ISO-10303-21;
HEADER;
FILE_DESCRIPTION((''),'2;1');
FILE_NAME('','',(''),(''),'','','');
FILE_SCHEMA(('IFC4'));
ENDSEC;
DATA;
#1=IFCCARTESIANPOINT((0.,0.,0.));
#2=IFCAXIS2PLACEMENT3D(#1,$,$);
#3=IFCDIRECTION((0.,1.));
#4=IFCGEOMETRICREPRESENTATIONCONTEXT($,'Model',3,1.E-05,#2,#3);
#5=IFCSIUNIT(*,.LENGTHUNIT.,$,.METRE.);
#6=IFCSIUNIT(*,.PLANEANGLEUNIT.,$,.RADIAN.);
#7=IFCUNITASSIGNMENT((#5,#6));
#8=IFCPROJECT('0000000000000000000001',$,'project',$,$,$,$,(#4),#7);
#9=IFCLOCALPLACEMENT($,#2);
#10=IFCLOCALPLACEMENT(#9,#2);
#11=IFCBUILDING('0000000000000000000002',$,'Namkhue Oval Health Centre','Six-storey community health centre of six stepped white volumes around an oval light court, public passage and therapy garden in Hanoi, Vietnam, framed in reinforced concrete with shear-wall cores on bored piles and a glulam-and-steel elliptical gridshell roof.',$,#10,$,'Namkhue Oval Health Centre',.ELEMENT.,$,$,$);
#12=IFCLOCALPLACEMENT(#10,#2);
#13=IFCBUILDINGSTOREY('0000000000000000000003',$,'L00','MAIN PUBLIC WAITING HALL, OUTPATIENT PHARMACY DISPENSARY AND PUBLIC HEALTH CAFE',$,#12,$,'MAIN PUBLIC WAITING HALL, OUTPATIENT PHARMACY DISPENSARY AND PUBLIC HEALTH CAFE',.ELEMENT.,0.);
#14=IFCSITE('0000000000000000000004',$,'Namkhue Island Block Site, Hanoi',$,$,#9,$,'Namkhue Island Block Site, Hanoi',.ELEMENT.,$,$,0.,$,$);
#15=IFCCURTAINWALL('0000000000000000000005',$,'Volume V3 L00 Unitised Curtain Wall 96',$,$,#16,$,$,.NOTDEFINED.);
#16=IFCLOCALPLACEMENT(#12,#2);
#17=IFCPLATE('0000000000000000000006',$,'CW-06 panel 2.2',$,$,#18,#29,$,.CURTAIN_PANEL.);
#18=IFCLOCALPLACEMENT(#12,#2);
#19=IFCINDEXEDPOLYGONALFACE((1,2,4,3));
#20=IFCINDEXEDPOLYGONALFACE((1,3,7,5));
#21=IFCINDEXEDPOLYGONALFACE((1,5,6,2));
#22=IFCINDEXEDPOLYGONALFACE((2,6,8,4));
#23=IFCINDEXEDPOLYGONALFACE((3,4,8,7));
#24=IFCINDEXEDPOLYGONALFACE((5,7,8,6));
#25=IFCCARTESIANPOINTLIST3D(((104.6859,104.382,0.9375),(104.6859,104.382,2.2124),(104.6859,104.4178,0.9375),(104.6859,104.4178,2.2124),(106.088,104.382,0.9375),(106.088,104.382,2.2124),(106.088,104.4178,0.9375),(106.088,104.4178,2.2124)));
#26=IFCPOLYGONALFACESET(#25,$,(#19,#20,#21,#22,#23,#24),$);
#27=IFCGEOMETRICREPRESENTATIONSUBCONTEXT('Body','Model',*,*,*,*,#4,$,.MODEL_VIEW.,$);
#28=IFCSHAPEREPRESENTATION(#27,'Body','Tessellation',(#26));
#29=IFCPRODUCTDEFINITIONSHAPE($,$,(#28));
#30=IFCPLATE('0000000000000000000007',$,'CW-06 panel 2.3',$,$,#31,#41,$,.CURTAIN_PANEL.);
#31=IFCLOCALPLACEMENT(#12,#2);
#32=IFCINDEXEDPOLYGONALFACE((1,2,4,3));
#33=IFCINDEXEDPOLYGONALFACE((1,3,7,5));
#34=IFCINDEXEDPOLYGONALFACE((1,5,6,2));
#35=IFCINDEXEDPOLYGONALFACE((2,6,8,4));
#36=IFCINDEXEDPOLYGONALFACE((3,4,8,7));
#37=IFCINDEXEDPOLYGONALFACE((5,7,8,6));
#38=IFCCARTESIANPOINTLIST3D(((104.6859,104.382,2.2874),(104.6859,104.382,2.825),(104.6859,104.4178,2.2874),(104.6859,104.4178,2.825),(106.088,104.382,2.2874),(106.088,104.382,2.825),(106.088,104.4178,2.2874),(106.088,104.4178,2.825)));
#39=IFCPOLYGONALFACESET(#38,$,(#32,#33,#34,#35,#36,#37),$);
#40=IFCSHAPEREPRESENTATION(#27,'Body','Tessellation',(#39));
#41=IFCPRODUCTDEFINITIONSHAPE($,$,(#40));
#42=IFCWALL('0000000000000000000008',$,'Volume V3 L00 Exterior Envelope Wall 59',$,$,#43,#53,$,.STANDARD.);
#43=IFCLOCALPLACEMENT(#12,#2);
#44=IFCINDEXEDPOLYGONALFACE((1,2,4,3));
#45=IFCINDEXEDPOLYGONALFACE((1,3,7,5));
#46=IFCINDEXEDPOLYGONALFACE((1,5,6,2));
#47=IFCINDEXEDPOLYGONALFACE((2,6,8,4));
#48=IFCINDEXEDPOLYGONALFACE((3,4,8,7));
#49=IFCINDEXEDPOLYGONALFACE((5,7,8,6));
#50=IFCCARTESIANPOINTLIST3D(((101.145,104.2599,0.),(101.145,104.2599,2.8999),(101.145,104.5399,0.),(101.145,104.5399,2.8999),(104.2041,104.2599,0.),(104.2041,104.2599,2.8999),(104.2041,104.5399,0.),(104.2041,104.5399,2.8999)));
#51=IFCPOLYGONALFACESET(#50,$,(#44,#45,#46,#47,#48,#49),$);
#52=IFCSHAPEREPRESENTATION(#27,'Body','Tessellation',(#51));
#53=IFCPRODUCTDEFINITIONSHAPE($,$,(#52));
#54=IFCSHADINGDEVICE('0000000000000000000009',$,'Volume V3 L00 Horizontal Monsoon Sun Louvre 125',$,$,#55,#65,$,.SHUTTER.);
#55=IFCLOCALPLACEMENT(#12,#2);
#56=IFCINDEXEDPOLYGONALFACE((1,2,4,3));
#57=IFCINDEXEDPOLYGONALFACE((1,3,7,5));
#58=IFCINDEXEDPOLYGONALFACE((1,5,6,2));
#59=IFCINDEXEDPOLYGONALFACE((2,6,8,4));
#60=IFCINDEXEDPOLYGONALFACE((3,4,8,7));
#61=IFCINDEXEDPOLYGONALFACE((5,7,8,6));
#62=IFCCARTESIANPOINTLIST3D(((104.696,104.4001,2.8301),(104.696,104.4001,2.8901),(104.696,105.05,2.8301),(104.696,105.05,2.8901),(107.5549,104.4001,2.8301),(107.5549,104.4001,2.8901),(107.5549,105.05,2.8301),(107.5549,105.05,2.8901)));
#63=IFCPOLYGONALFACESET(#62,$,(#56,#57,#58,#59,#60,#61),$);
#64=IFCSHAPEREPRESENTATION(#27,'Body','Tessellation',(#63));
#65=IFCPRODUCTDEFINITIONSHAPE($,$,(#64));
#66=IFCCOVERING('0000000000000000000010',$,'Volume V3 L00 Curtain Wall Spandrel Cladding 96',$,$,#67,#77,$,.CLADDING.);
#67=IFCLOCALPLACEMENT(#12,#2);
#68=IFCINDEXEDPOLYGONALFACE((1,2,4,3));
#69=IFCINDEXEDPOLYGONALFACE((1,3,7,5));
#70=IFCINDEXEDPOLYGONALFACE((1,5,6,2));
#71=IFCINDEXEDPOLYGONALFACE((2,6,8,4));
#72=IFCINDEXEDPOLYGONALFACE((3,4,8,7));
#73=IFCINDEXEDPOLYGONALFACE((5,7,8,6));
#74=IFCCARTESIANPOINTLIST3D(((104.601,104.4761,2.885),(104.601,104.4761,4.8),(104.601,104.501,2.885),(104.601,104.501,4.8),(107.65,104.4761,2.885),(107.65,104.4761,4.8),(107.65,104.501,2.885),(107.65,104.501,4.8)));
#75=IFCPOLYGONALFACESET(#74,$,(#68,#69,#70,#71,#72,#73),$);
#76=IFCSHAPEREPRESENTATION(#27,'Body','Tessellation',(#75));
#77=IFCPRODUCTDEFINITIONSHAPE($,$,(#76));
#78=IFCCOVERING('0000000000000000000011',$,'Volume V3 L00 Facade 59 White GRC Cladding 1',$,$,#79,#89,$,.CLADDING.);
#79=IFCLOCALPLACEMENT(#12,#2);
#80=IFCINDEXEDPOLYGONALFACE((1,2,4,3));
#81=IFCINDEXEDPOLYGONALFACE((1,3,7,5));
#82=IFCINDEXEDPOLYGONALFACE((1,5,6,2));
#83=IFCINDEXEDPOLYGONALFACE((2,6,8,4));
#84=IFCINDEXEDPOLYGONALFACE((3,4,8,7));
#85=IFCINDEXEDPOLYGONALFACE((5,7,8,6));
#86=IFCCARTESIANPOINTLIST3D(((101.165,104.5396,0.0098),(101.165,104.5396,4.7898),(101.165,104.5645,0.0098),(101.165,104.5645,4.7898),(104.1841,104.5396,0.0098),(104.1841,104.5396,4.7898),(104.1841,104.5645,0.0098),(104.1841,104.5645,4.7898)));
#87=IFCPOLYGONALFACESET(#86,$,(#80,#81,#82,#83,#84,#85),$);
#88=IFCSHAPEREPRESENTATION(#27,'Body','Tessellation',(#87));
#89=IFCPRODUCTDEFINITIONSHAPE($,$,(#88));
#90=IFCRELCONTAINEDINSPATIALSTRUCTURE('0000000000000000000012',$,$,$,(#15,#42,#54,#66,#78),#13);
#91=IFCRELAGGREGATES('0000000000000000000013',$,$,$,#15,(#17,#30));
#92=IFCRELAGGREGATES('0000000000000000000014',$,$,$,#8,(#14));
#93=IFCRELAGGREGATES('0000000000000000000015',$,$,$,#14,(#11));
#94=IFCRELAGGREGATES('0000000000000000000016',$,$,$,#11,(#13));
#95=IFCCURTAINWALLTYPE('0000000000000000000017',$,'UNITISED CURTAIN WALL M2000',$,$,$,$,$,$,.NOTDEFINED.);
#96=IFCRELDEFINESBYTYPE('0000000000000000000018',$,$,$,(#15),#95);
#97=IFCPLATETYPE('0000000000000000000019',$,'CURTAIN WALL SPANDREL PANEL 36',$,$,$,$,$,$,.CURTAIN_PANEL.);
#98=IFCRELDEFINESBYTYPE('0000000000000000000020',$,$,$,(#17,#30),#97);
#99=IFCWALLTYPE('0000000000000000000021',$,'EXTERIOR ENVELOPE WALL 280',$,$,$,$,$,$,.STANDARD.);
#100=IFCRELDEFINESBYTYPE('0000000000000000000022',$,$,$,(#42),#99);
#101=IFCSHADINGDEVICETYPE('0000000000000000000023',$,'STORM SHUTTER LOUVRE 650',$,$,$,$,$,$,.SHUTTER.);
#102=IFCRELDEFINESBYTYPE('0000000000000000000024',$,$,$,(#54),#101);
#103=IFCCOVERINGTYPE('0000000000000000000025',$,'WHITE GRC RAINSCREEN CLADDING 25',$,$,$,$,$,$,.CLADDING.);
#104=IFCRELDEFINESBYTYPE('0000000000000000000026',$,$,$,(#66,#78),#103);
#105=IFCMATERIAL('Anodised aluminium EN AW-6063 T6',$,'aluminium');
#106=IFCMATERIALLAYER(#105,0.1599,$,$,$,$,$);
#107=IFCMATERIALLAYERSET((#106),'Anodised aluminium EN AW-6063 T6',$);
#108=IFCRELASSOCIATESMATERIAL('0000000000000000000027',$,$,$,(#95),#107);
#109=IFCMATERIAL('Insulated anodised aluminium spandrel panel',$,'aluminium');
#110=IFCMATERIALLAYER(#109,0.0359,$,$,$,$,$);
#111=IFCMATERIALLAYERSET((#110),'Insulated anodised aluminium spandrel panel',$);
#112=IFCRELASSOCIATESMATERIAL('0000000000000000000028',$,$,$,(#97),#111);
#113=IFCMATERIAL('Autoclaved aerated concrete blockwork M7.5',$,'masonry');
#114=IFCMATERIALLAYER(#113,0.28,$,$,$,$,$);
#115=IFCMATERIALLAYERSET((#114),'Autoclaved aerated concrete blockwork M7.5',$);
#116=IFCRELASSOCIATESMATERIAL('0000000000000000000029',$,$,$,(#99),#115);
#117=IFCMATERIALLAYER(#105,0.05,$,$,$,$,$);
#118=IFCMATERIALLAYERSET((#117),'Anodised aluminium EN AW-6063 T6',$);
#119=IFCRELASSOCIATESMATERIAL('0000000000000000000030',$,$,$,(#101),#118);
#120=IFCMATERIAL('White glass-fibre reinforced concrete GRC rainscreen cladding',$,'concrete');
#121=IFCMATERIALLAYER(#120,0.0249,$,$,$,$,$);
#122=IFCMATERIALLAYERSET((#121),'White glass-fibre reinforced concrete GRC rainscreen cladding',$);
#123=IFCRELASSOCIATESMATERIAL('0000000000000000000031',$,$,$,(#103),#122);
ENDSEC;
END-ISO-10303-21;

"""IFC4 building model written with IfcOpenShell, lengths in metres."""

from ifc_helpers import new_model, si_unit, direction, frame, frame_2d, origin, origin_2d, place, context, subcontext, project, spatial, rectangle, extrude, material, layer, layer_set, type_object, element, aggregate, save


model = new_model("IFC4")

# Units and contexts
model_context = context("Model", 3, precision=1e-05, world=origin(), true_north=direction((0.0, 1.0)))
body_context = subcontext(model_context, "Body", "Model", "MODEL_VIEW")
ifc_project = project(units=[si_unit("LENGTHUNIT", "METRE"), si_unit("PLANEANGLEUNIT", "RADIAN")], contexts=[model_context])

# Site, building, storey
site_placement = place(None, origin())
site = spatial("IfcSite", under=ifc_project, at=site_placement, Name="Namkhue Island Block Site, Hanoi", LongName="Namkhue Island Block Site, Hanoi", CompositionType="ELEMENT", RefElevation=0.0)
building_placement = place(site_placement, origin())
building = spatial("IfcBuilding", under=site, at=building_placement, Name="Namkhue Oval Health Centre", Description="Six-storey community health centre of six stepped white volumes around an oval light court, public passage and therapy garden in Hanoi, Vietnam, framed in reinforced concrete with shear-wall cores on bored piles and a glulam-and-steel elliptical gridshell roof.", LongName="Namkhue Oval Health Centre", CompositionType="ELEMENT")
storey_placement = place(building_placement, origin())
storey = spatial("IfcBuildingStorey", under=building, at=storey_placement, Name="L00", Description="MAIN PUBLIC WAITING HALL, OUTPATIENT PHARMACY DISPENSARY AND PUBLIC HEALTH CAFE", LongName="MAIN PUBLIC WAITING HALL, OUTPATIENT PHARMACY DISPENSARY AND PUBLIC HEALTH CAFE", CompositionType="ELEMENT", Elevation=0.0)

# Curtain wall
ifc_material_1 = material(Name="Anodised aluminium EN AW-6063 T6", Category="aluminium")
ifc_layer_1 = layer(ifc_material_1, 0.1599)
ifc_layer_set_1 = layer_set([ifc_layer_1], Name="Anodised aluminium EN AW-6063 T6")
curtain_wall_type = type_object("IfcCurtainWallType", Name="UNITISED CURTAIN WALL M2000", PredefinedType="NOTDEFINED", material=ifc_layer_set_1)
curtain_wall_placement = place(storey_placement, origin())
curtain_wall = element("IfcCurtainWall", 1, at=curtain_wall_placement, inside=storey, type_object=curtain_wall_type, Name="Volume V3 L00 Unitised Curtain Wall 96", PredefinedType="NOTDEFINED")

# Plates
ifc_material_2 = material(Name="Insulated anodised aluminium spandrel panel", Category="aluminium")
ifc_layer_2 = layer(ifc_material_2, 0.0359)
ifc_layer_set_2 = layer_set([ifc_layer_2], Name="Insulated anodised aluminium spandrel panel")
plate_type = type_object("IfcPlateType", Name="CURTAIN WALL SPANDREL PANEL 36", PredefinedType="CURTAIN_PANEL", material=ifc_layer_set_2)
plate_1_placement = place(storey_placement, frame((105.387, 104.3999, 0.9375), z_axis=(0.0, 0.0, 1.0), x_axis=(-1.0, 0.0, 0.0)))
plate_1 = element("IfcPlate", 2, at=plate_1_placement, type_object=plate_type, Name="CW-06 panel 2.2", PredefinedType="CURTAIN_PANEL", context=body_context, shape_type="SweptSolid", body=[
    extrude(rectangle(XDim=1.4021, YDim=0.0359, at=origin_2d()), origin(), (0.0, 0.0, 1.0), 1.2749),
])
plate_2_placement = place(storey_placement, frame((105.387, 104.3999, 2.2874), z_axis=(0.0, 0.0, 1.0), x_axis=(-1.0, 0.0, 0.0)))
plate_2 = element("IfcPlate", 3, at=plate_2_placement, type_object=plate_type, Name="CW-06 panel 2.3", PredefinedType="CURTAIN_PANEL", context=body_context, shape_type="SweptSolid", body=[
    extrude(rectangle(XDim=1.4021, YDim=0.0359, at=origin_2d()), origin(), (0.0, 0.0, 1.0), 0.5376),
])
aggregate(curtain_wall, [plate_1, plate_2])

# Wall
ifc_material_3 = material(Name="Autoclaved aerated concrete blockwork M7.5", Category="masonry")
ifc_layer_3 = layer(ifc_material_3, 0.28)
ifc_layer_set_3 = layer_set([ifc_layer_3], Name="Autoclaved aerated concrete blockwork M7.5")
wall_type = type_object("IfcWallType", Name="EXTERIOR ENVELOPE WALL 280", PredefinedType="STANDARD", material=ifc_layer_set_3)
wall_placement = place(storey_placement, frame((104.2041, 104.3999, 0.0), z_axis=(0.0, 0.0, 1.0), x_axis=(-1.0, 0.0, 0.0)))
element("IfcWall", 4, at=wall_placement, inside=storey, type_object=wall_type, Name="Volume V3 L00 Exterior Envelope Wall 59", PredefinedType="STANDARD", context=body_context, shape_type="SweptSolid", body=[
    extrude(rectangle(XDim=3.0591, YDim=0.28, at=frame_2d((1.5295, 0.0))), origin(), (0.0, 0.0, 1.0), 2.8999),
])

# Shading device
ifc_layer_4 = layer(ifc_material_1, 0.05)
ifc_layer_set_4 = layer_set([ifc_layer_4], Name="Anodised aluminium EN AW-6063 T6")
shading_device_type = type_object("IfcShadingDeviceType", Name="STORM SHUTTER LOUVRE 650", PredefinedType="SHUTTER", material=ifc_layer_set_4)
shading_device_placement = place(storey_placement, frame((106.1255, 104.7251, 2.8301), z_axis=(0.0, 0.0, 1.0), x_axis=(-1.0, 0.0, 0.0)))
element("IfcShadingDevice", 5, at=shading_device_placement, inside=storey, type_object=shading_device_type, Name="Volume V3 L00 Horizontal Monsoon Sun Louvre 125", PredefinedType="SHUTTER", context=body_context, shape_type="SweptSolid", body=[
    extrude(rectangle(XDim=2.8589, YDim=0.6499, at=origin_2d()), origin(), (0.0, 0.0, 1.0), 0.0601),
])

# Coverings
ifc_material_4 = material(Name="White glass-fibre reinforced concrete GRC rainscreen cladding", Category="concrete")
ifc_layer_5 = layer(ifc_material_4, 0.0249)
ifc_layer_set_5 = layer_set([ifc_layer_5], Name="White glass-fibre reinforced concrete GRC rainscreen cladding")
covering_type = type_object("IfcCoveringType", Name="WHITE GRC RAINSCREEN CLADDING 25", PredefinedType="CLADDING", material=ifc_layer_set_5)
covering_1_placement = place(storey_placement, frame((106.1255, 104.4885, 2.885), z_axis=(0.0, 0.0, 1.0), x_axis=(-1.0, 0.0, 0.0)))
element("IfcCovering", 6, at=covering_1_placement, inside=storey, type_object=covering_type, Name="Volume V3 L00 Curtain Wall Spandrel Cladding 96", PredefinedType="CLADDING", context=body_context, shape_type="SweptSolid", body=[
    extrude(rectangle(XDim=3.0491, YDim=0.0249, at=origin_2d()), origin(), (0.0, 0.0, 1.0), 1.915),
])
covering_2_placement = place(storey_placement, frame((102.6746, 104.552, 0.0098), z_axis=(0.0, 0.0, 1.0), x_axis=(-1.0, 0.0, 0.0)))
element("IfcCovering", 7, at=covering_2_placement, inside=storey, type_object=covering_type, Name="Volume V3 L00 Facade 59 White GRC Cladding 1", PredefinedType="CLADDING", context=body_context, shape_type="SweptSolid", body=[
    extrude(rectangle(XDim=3.019, YDim=0.0249, at=origin_2d()), origin(), (0.0, 0.0, 1.0), 4.78),
])

save(model, "model.ifc")
